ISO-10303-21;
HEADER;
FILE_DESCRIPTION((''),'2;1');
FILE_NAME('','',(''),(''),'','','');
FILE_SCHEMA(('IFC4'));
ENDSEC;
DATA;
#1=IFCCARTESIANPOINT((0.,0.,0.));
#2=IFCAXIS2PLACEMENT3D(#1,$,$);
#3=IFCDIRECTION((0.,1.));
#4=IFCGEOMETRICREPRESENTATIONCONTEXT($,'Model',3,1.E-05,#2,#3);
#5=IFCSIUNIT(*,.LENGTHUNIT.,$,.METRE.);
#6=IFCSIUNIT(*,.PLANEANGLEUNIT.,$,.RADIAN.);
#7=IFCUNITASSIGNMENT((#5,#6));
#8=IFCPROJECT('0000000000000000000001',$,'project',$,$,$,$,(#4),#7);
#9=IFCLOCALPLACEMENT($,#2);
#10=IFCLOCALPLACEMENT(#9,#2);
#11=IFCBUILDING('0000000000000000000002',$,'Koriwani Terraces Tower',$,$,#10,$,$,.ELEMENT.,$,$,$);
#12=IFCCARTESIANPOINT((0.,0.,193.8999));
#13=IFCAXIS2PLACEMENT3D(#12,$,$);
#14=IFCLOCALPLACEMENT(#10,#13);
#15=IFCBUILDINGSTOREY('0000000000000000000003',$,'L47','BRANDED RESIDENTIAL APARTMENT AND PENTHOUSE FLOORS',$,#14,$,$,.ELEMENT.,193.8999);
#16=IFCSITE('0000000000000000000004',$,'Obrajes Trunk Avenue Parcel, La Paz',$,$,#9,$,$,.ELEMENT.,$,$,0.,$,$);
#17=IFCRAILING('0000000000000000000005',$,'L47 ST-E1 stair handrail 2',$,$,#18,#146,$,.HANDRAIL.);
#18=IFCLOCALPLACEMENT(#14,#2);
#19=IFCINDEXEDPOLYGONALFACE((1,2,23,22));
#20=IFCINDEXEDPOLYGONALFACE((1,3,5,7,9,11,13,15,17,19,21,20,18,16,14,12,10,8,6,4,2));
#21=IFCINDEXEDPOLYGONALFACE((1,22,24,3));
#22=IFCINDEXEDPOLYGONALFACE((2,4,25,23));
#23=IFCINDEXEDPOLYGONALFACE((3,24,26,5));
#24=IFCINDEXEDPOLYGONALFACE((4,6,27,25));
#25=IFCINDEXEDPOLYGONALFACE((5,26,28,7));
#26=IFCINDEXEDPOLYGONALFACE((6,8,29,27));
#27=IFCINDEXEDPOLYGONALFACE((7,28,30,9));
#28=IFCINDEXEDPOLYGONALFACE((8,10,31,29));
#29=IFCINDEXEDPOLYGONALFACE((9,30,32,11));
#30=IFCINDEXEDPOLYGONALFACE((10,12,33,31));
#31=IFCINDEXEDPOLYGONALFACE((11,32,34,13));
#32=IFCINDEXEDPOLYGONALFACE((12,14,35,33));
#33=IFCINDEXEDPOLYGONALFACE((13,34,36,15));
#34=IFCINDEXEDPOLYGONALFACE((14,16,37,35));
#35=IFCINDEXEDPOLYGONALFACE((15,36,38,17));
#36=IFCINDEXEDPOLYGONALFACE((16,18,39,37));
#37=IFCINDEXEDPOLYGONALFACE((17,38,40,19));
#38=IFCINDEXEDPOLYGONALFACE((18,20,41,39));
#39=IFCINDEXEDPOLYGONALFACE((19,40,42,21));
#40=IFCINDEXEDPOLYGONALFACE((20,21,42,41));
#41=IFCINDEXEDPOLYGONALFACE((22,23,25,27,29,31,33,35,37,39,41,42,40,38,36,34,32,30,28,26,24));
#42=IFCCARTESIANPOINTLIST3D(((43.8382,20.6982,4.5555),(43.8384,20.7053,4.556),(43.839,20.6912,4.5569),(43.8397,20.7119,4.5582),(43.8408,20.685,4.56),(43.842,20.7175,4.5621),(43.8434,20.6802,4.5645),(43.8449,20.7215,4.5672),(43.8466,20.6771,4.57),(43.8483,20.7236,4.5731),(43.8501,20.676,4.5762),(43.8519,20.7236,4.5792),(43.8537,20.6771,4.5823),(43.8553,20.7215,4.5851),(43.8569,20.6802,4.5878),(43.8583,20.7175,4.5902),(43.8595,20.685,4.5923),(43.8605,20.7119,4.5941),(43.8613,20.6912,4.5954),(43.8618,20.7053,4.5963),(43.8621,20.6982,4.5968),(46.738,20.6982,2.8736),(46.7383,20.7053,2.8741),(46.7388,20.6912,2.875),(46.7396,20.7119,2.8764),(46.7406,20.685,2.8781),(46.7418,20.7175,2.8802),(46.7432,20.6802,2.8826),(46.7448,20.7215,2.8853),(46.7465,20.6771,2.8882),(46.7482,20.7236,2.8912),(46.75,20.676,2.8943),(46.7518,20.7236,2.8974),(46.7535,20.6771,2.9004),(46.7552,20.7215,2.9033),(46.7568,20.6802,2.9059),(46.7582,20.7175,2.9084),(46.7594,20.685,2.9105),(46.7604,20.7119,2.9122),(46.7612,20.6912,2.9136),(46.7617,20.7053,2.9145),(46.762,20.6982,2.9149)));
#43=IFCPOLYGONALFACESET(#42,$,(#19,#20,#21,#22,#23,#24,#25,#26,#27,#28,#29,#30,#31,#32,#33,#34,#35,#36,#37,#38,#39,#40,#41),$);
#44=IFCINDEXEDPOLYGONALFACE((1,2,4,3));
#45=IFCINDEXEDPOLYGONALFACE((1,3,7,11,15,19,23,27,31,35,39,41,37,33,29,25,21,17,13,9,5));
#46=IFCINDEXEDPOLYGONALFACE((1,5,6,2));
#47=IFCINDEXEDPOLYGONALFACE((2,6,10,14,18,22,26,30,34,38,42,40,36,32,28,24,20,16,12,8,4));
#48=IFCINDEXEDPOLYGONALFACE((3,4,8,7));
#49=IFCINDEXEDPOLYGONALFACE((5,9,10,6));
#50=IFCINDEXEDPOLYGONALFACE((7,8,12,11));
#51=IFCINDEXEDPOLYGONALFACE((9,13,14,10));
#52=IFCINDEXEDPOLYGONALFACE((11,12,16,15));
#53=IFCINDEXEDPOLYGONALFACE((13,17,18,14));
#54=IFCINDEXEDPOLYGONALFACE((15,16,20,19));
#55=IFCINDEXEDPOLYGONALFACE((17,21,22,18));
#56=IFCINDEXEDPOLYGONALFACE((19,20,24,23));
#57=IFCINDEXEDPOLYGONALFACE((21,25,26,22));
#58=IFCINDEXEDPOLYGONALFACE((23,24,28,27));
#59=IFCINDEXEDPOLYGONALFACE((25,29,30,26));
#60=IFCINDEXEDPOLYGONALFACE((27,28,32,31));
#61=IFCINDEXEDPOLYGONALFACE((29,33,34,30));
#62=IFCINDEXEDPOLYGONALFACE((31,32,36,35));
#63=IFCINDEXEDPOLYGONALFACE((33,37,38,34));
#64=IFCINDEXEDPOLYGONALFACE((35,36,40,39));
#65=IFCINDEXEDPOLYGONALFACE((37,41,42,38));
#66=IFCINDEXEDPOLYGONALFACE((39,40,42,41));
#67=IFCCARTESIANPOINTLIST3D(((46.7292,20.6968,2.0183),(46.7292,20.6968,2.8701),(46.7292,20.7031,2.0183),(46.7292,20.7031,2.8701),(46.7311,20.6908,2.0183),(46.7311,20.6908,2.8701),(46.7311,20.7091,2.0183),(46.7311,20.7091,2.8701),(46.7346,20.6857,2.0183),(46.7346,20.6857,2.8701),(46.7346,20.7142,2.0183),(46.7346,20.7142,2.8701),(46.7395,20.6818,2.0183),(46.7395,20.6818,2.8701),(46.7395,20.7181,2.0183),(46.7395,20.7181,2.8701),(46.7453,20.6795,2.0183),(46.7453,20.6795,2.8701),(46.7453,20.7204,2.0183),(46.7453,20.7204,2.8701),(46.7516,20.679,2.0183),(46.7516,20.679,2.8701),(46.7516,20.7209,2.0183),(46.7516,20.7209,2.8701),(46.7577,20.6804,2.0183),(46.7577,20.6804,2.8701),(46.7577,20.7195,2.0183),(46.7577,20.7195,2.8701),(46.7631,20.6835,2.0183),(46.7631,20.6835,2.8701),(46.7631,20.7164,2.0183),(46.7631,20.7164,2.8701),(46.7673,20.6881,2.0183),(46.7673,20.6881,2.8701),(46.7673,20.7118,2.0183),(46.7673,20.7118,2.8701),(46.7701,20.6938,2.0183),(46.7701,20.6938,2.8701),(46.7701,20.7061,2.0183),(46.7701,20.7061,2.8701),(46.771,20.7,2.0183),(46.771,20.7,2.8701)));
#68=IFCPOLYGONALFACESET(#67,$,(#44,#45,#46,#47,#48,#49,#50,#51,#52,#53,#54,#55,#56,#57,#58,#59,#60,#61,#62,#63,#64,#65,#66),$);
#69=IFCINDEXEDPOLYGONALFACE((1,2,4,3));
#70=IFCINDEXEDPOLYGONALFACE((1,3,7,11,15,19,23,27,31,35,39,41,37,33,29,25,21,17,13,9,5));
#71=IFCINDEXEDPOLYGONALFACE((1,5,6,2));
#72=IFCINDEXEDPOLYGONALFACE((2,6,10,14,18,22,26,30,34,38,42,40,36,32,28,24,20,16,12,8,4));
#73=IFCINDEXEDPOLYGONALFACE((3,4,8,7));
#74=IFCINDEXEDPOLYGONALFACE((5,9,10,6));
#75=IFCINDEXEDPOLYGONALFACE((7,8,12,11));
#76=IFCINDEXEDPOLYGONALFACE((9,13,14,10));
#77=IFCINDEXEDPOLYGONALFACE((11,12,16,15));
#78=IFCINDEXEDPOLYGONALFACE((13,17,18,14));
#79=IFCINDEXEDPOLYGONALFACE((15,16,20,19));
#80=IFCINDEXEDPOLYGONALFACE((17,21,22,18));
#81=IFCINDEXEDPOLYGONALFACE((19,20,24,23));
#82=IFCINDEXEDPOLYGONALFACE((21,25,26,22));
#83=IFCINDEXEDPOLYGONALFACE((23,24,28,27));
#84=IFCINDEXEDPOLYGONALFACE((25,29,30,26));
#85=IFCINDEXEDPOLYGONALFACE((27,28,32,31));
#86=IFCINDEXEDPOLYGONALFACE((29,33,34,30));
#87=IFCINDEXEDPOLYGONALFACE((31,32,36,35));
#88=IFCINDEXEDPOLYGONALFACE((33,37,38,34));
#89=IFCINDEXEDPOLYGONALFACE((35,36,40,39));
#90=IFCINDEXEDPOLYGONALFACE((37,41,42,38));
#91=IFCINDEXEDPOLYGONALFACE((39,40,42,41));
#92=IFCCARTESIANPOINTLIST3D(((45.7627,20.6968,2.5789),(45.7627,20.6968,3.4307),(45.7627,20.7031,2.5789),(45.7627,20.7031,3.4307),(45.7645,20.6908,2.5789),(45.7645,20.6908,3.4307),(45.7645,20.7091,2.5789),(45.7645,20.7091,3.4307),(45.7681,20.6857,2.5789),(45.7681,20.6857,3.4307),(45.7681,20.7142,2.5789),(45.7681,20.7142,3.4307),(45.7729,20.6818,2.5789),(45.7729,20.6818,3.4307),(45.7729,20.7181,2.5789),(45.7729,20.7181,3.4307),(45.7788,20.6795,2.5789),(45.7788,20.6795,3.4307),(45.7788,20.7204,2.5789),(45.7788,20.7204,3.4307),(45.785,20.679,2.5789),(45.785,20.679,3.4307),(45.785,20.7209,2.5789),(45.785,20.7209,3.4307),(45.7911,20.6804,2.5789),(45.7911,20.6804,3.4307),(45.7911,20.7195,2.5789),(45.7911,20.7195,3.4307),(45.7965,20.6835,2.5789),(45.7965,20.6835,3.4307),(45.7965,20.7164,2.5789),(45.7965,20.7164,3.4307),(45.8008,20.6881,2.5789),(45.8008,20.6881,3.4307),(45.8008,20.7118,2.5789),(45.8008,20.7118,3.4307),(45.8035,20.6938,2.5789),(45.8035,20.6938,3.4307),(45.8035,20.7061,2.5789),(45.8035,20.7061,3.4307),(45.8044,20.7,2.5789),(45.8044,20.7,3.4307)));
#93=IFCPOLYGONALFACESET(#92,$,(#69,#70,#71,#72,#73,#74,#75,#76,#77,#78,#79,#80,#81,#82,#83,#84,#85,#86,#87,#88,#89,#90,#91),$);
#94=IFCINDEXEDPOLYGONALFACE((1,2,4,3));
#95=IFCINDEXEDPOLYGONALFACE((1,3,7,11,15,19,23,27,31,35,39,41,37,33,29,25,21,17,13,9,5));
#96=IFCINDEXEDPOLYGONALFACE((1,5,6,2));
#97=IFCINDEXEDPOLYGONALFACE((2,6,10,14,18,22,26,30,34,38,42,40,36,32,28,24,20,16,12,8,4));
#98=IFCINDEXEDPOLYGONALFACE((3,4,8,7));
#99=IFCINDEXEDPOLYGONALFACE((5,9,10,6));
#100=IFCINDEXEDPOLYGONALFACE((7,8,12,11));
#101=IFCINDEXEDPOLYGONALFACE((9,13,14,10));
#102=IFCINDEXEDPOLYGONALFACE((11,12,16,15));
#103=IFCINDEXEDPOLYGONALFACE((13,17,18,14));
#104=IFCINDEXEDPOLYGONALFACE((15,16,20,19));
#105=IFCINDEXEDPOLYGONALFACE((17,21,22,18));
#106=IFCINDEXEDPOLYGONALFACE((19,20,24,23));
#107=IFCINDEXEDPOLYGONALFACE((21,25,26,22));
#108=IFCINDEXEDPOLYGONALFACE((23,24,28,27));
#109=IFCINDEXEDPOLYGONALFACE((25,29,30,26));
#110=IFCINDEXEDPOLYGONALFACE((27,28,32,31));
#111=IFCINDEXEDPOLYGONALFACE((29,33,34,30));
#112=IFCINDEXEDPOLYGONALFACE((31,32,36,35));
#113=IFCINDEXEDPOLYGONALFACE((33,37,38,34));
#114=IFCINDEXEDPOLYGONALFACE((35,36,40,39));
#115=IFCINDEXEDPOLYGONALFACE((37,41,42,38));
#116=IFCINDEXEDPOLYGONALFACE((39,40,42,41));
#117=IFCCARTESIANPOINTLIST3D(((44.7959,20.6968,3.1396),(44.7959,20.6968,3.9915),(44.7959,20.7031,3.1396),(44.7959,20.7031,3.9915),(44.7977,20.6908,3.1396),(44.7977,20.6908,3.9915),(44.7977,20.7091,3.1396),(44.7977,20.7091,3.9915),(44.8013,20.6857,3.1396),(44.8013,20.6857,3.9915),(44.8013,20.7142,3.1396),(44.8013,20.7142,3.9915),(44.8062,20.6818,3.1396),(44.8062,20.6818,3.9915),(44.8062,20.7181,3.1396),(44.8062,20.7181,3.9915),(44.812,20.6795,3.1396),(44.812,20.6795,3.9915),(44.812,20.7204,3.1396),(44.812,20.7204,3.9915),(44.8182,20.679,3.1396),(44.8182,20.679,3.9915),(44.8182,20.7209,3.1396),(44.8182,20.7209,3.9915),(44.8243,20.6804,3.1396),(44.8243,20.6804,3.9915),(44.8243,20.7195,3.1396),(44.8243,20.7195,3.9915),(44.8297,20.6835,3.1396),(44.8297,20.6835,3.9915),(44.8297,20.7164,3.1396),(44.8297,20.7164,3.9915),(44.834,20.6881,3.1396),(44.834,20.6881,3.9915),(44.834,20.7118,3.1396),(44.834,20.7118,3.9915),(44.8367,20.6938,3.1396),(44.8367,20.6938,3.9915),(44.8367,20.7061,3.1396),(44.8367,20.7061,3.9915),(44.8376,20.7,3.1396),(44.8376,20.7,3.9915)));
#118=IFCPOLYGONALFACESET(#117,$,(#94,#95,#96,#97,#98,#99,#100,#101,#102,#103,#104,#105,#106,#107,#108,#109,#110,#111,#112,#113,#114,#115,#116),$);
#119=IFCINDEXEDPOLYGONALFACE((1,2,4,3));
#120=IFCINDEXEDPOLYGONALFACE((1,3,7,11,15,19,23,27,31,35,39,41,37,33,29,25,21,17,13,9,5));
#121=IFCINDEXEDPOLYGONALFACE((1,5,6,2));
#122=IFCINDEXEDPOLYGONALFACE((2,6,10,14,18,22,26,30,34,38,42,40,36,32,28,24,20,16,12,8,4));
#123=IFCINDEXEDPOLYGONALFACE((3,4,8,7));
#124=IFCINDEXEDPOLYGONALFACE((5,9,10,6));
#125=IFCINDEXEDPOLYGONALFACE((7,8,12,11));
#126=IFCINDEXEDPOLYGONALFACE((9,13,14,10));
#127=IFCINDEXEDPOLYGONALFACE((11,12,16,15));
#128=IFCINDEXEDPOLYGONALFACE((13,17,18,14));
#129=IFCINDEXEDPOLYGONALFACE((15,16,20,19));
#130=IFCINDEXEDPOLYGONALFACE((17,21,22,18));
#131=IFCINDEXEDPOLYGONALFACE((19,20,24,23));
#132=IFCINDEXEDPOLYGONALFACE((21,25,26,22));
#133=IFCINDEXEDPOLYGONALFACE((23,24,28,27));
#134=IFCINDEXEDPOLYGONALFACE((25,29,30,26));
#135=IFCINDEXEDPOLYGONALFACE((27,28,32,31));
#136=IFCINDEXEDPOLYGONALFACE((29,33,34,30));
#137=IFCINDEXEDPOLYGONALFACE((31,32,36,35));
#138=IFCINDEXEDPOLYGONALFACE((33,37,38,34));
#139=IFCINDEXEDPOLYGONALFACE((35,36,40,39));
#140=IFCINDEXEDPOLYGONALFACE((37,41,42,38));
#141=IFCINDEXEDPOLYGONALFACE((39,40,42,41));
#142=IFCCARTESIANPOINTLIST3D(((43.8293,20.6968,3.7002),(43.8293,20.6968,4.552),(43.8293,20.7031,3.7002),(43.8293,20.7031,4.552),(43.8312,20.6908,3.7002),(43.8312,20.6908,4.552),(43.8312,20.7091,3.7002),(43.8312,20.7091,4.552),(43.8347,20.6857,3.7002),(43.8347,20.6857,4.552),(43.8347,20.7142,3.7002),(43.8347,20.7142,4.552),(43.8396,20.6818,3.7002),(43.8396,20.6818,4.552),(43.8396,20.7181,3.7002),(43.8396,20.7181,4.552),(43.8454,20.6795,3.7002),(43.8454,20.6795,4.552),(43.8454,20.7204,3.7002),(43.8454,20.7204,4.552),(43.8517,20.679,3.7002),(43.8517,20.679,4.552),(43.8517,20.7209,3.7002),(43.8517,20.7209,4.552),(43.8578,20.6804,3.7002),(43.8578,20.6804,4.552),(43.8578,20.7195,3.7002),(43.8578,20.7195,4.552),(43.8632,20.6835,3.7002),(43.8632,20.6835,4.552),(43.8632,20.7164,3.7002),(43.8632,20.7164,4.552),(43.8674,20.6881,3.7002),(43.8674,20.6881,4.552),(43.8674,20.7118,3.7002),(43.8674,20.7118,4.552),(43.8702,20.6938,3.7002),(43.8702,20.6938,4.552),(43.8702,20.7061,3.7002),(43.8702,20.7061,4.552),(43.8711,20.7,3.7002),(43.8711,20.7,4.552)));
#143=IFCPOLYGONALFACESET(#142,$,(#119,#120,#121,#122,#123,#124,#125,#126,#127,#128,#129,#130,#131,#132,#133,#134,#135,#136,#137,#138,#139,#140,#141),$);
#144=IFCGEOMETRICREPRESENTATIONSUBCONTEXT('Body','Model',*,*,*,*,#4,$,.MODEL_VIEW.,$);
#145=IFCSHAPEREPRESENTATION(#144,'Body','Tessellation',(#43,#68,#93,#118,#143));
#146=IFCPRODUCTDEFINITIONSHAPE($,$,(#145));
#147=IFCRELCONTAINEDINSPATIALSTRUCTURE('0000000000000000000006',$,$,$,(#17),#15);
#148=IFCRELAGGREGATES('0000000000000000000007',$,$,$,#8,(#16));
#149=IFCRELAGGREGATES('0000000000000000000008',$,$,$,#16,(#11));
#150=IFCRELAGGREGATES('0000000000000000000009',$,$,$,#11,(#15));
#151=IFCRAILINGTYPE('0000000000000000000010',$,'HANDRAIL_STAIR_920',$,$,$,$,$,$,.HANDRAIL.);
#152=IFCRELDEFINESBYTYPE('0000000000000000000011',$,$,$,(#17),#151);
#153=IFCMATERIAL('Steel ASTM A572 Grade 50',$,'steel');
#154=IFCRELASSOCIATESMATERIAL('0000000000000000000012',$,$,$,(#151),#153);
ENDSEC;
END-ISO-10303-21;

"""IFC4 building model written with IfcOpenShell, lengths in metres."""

from ifc_helpers import new_model, si_unit, direction, frame, origin, origin_2d, place, context, subcontext, project, spatial, circle, extrude, material, type_object, element, save


model = new_model("IFC4")

# Units and contexts
model_context = context("Model", 3, precision=1e-05, world=origin(), true_north=direction((0.0, 1.0)))
body_context = subcontext(model_context, "Body", "Model", "MODEL_VIEW")
ifc_project = project(units=[si_unit("LENGTHUNIT", "METRE"), si_unit("PLANEANGLEUNIT", "RADIAN")], contexts=[model_context])

# Site, building, storey
site_placement = place(None, origin())
site = spatial("IfcSite", under=ifc_project, at=site_placement, Name="Obrajes Trunk Avenue Parcel, La Paz", CompositionType="ELEMENT", RefElevation=0.0)
building_placement = place(site_placement, origin())
building = spatial("IfcBuilding", under=site, at=building_placement, Name="Koriwani Terraces Tower", CompositionType="ELEMENT")
storey_placement = place(building_placement, frame((0.0, 0.0, 193.8999)))
storey = spatial("IfcBuildingStorey", under=building, at=storey_placement, Name="L47", Description="BRANDED RESIDENTIAL APARTMENT AND PENTHOUSE FLOORS", CompositionType="ELEMENT", Elevation=193.8999)

# Shared definitions
ifc_material_1 = material(Name="Steel ASTM A572 Grade 50", Category="steel")

# Railing
railing_type = type_object("IfcRailingType", Name="HANDRAIL_STAIR_920", PredefinedType="HANDRAIL", material=ifc_material_1)
railing_placement = place(storey_placement, frame((46.75, 20.7, 2.0183)))
element("IfcRailing", 1, at=railing_placement, inside=storey, type_object=railing_type, Name="L47 ST-E1 stair handrail 2", PredefinedType="HANDRAIL", context=body_context, shape_type="SweptSolid", body=[
    extrude(circle(Radius=0.0239, at=origin_2d()), frame((0.0, 0.0, 0.876), z_axis=(-0.865039, 0.0, 0.501705), x_axis=(0.0, -1.0, 0.0)), (0.0, 0.0, 1.0), 3.3523),
    extrude(circle(Radius=0.021, at=origin_2d()), origin(), (0.0, 0.0, 1.0), 0.8518),
    extrude(circle(Radius=0.021, at=origin_2d()), frame((-0.9666, 0.0, 0.5605)), (0.0, 0.0, 1.0), 0.8518),
    extrude(circle(Radius=0.021, at=origin_2d()), frame((-1.9333, 0.0, 1.1213)), (0.0, 0.0, 1.0), 0.8518),
    extrude(circle(Radius=0.021, at=origin_2d()), frame((-2.8999, 0.0, 1.6819)), (0.0, 0.0, 1.0), 0.8518),
])

save(model, "model.ifc")
